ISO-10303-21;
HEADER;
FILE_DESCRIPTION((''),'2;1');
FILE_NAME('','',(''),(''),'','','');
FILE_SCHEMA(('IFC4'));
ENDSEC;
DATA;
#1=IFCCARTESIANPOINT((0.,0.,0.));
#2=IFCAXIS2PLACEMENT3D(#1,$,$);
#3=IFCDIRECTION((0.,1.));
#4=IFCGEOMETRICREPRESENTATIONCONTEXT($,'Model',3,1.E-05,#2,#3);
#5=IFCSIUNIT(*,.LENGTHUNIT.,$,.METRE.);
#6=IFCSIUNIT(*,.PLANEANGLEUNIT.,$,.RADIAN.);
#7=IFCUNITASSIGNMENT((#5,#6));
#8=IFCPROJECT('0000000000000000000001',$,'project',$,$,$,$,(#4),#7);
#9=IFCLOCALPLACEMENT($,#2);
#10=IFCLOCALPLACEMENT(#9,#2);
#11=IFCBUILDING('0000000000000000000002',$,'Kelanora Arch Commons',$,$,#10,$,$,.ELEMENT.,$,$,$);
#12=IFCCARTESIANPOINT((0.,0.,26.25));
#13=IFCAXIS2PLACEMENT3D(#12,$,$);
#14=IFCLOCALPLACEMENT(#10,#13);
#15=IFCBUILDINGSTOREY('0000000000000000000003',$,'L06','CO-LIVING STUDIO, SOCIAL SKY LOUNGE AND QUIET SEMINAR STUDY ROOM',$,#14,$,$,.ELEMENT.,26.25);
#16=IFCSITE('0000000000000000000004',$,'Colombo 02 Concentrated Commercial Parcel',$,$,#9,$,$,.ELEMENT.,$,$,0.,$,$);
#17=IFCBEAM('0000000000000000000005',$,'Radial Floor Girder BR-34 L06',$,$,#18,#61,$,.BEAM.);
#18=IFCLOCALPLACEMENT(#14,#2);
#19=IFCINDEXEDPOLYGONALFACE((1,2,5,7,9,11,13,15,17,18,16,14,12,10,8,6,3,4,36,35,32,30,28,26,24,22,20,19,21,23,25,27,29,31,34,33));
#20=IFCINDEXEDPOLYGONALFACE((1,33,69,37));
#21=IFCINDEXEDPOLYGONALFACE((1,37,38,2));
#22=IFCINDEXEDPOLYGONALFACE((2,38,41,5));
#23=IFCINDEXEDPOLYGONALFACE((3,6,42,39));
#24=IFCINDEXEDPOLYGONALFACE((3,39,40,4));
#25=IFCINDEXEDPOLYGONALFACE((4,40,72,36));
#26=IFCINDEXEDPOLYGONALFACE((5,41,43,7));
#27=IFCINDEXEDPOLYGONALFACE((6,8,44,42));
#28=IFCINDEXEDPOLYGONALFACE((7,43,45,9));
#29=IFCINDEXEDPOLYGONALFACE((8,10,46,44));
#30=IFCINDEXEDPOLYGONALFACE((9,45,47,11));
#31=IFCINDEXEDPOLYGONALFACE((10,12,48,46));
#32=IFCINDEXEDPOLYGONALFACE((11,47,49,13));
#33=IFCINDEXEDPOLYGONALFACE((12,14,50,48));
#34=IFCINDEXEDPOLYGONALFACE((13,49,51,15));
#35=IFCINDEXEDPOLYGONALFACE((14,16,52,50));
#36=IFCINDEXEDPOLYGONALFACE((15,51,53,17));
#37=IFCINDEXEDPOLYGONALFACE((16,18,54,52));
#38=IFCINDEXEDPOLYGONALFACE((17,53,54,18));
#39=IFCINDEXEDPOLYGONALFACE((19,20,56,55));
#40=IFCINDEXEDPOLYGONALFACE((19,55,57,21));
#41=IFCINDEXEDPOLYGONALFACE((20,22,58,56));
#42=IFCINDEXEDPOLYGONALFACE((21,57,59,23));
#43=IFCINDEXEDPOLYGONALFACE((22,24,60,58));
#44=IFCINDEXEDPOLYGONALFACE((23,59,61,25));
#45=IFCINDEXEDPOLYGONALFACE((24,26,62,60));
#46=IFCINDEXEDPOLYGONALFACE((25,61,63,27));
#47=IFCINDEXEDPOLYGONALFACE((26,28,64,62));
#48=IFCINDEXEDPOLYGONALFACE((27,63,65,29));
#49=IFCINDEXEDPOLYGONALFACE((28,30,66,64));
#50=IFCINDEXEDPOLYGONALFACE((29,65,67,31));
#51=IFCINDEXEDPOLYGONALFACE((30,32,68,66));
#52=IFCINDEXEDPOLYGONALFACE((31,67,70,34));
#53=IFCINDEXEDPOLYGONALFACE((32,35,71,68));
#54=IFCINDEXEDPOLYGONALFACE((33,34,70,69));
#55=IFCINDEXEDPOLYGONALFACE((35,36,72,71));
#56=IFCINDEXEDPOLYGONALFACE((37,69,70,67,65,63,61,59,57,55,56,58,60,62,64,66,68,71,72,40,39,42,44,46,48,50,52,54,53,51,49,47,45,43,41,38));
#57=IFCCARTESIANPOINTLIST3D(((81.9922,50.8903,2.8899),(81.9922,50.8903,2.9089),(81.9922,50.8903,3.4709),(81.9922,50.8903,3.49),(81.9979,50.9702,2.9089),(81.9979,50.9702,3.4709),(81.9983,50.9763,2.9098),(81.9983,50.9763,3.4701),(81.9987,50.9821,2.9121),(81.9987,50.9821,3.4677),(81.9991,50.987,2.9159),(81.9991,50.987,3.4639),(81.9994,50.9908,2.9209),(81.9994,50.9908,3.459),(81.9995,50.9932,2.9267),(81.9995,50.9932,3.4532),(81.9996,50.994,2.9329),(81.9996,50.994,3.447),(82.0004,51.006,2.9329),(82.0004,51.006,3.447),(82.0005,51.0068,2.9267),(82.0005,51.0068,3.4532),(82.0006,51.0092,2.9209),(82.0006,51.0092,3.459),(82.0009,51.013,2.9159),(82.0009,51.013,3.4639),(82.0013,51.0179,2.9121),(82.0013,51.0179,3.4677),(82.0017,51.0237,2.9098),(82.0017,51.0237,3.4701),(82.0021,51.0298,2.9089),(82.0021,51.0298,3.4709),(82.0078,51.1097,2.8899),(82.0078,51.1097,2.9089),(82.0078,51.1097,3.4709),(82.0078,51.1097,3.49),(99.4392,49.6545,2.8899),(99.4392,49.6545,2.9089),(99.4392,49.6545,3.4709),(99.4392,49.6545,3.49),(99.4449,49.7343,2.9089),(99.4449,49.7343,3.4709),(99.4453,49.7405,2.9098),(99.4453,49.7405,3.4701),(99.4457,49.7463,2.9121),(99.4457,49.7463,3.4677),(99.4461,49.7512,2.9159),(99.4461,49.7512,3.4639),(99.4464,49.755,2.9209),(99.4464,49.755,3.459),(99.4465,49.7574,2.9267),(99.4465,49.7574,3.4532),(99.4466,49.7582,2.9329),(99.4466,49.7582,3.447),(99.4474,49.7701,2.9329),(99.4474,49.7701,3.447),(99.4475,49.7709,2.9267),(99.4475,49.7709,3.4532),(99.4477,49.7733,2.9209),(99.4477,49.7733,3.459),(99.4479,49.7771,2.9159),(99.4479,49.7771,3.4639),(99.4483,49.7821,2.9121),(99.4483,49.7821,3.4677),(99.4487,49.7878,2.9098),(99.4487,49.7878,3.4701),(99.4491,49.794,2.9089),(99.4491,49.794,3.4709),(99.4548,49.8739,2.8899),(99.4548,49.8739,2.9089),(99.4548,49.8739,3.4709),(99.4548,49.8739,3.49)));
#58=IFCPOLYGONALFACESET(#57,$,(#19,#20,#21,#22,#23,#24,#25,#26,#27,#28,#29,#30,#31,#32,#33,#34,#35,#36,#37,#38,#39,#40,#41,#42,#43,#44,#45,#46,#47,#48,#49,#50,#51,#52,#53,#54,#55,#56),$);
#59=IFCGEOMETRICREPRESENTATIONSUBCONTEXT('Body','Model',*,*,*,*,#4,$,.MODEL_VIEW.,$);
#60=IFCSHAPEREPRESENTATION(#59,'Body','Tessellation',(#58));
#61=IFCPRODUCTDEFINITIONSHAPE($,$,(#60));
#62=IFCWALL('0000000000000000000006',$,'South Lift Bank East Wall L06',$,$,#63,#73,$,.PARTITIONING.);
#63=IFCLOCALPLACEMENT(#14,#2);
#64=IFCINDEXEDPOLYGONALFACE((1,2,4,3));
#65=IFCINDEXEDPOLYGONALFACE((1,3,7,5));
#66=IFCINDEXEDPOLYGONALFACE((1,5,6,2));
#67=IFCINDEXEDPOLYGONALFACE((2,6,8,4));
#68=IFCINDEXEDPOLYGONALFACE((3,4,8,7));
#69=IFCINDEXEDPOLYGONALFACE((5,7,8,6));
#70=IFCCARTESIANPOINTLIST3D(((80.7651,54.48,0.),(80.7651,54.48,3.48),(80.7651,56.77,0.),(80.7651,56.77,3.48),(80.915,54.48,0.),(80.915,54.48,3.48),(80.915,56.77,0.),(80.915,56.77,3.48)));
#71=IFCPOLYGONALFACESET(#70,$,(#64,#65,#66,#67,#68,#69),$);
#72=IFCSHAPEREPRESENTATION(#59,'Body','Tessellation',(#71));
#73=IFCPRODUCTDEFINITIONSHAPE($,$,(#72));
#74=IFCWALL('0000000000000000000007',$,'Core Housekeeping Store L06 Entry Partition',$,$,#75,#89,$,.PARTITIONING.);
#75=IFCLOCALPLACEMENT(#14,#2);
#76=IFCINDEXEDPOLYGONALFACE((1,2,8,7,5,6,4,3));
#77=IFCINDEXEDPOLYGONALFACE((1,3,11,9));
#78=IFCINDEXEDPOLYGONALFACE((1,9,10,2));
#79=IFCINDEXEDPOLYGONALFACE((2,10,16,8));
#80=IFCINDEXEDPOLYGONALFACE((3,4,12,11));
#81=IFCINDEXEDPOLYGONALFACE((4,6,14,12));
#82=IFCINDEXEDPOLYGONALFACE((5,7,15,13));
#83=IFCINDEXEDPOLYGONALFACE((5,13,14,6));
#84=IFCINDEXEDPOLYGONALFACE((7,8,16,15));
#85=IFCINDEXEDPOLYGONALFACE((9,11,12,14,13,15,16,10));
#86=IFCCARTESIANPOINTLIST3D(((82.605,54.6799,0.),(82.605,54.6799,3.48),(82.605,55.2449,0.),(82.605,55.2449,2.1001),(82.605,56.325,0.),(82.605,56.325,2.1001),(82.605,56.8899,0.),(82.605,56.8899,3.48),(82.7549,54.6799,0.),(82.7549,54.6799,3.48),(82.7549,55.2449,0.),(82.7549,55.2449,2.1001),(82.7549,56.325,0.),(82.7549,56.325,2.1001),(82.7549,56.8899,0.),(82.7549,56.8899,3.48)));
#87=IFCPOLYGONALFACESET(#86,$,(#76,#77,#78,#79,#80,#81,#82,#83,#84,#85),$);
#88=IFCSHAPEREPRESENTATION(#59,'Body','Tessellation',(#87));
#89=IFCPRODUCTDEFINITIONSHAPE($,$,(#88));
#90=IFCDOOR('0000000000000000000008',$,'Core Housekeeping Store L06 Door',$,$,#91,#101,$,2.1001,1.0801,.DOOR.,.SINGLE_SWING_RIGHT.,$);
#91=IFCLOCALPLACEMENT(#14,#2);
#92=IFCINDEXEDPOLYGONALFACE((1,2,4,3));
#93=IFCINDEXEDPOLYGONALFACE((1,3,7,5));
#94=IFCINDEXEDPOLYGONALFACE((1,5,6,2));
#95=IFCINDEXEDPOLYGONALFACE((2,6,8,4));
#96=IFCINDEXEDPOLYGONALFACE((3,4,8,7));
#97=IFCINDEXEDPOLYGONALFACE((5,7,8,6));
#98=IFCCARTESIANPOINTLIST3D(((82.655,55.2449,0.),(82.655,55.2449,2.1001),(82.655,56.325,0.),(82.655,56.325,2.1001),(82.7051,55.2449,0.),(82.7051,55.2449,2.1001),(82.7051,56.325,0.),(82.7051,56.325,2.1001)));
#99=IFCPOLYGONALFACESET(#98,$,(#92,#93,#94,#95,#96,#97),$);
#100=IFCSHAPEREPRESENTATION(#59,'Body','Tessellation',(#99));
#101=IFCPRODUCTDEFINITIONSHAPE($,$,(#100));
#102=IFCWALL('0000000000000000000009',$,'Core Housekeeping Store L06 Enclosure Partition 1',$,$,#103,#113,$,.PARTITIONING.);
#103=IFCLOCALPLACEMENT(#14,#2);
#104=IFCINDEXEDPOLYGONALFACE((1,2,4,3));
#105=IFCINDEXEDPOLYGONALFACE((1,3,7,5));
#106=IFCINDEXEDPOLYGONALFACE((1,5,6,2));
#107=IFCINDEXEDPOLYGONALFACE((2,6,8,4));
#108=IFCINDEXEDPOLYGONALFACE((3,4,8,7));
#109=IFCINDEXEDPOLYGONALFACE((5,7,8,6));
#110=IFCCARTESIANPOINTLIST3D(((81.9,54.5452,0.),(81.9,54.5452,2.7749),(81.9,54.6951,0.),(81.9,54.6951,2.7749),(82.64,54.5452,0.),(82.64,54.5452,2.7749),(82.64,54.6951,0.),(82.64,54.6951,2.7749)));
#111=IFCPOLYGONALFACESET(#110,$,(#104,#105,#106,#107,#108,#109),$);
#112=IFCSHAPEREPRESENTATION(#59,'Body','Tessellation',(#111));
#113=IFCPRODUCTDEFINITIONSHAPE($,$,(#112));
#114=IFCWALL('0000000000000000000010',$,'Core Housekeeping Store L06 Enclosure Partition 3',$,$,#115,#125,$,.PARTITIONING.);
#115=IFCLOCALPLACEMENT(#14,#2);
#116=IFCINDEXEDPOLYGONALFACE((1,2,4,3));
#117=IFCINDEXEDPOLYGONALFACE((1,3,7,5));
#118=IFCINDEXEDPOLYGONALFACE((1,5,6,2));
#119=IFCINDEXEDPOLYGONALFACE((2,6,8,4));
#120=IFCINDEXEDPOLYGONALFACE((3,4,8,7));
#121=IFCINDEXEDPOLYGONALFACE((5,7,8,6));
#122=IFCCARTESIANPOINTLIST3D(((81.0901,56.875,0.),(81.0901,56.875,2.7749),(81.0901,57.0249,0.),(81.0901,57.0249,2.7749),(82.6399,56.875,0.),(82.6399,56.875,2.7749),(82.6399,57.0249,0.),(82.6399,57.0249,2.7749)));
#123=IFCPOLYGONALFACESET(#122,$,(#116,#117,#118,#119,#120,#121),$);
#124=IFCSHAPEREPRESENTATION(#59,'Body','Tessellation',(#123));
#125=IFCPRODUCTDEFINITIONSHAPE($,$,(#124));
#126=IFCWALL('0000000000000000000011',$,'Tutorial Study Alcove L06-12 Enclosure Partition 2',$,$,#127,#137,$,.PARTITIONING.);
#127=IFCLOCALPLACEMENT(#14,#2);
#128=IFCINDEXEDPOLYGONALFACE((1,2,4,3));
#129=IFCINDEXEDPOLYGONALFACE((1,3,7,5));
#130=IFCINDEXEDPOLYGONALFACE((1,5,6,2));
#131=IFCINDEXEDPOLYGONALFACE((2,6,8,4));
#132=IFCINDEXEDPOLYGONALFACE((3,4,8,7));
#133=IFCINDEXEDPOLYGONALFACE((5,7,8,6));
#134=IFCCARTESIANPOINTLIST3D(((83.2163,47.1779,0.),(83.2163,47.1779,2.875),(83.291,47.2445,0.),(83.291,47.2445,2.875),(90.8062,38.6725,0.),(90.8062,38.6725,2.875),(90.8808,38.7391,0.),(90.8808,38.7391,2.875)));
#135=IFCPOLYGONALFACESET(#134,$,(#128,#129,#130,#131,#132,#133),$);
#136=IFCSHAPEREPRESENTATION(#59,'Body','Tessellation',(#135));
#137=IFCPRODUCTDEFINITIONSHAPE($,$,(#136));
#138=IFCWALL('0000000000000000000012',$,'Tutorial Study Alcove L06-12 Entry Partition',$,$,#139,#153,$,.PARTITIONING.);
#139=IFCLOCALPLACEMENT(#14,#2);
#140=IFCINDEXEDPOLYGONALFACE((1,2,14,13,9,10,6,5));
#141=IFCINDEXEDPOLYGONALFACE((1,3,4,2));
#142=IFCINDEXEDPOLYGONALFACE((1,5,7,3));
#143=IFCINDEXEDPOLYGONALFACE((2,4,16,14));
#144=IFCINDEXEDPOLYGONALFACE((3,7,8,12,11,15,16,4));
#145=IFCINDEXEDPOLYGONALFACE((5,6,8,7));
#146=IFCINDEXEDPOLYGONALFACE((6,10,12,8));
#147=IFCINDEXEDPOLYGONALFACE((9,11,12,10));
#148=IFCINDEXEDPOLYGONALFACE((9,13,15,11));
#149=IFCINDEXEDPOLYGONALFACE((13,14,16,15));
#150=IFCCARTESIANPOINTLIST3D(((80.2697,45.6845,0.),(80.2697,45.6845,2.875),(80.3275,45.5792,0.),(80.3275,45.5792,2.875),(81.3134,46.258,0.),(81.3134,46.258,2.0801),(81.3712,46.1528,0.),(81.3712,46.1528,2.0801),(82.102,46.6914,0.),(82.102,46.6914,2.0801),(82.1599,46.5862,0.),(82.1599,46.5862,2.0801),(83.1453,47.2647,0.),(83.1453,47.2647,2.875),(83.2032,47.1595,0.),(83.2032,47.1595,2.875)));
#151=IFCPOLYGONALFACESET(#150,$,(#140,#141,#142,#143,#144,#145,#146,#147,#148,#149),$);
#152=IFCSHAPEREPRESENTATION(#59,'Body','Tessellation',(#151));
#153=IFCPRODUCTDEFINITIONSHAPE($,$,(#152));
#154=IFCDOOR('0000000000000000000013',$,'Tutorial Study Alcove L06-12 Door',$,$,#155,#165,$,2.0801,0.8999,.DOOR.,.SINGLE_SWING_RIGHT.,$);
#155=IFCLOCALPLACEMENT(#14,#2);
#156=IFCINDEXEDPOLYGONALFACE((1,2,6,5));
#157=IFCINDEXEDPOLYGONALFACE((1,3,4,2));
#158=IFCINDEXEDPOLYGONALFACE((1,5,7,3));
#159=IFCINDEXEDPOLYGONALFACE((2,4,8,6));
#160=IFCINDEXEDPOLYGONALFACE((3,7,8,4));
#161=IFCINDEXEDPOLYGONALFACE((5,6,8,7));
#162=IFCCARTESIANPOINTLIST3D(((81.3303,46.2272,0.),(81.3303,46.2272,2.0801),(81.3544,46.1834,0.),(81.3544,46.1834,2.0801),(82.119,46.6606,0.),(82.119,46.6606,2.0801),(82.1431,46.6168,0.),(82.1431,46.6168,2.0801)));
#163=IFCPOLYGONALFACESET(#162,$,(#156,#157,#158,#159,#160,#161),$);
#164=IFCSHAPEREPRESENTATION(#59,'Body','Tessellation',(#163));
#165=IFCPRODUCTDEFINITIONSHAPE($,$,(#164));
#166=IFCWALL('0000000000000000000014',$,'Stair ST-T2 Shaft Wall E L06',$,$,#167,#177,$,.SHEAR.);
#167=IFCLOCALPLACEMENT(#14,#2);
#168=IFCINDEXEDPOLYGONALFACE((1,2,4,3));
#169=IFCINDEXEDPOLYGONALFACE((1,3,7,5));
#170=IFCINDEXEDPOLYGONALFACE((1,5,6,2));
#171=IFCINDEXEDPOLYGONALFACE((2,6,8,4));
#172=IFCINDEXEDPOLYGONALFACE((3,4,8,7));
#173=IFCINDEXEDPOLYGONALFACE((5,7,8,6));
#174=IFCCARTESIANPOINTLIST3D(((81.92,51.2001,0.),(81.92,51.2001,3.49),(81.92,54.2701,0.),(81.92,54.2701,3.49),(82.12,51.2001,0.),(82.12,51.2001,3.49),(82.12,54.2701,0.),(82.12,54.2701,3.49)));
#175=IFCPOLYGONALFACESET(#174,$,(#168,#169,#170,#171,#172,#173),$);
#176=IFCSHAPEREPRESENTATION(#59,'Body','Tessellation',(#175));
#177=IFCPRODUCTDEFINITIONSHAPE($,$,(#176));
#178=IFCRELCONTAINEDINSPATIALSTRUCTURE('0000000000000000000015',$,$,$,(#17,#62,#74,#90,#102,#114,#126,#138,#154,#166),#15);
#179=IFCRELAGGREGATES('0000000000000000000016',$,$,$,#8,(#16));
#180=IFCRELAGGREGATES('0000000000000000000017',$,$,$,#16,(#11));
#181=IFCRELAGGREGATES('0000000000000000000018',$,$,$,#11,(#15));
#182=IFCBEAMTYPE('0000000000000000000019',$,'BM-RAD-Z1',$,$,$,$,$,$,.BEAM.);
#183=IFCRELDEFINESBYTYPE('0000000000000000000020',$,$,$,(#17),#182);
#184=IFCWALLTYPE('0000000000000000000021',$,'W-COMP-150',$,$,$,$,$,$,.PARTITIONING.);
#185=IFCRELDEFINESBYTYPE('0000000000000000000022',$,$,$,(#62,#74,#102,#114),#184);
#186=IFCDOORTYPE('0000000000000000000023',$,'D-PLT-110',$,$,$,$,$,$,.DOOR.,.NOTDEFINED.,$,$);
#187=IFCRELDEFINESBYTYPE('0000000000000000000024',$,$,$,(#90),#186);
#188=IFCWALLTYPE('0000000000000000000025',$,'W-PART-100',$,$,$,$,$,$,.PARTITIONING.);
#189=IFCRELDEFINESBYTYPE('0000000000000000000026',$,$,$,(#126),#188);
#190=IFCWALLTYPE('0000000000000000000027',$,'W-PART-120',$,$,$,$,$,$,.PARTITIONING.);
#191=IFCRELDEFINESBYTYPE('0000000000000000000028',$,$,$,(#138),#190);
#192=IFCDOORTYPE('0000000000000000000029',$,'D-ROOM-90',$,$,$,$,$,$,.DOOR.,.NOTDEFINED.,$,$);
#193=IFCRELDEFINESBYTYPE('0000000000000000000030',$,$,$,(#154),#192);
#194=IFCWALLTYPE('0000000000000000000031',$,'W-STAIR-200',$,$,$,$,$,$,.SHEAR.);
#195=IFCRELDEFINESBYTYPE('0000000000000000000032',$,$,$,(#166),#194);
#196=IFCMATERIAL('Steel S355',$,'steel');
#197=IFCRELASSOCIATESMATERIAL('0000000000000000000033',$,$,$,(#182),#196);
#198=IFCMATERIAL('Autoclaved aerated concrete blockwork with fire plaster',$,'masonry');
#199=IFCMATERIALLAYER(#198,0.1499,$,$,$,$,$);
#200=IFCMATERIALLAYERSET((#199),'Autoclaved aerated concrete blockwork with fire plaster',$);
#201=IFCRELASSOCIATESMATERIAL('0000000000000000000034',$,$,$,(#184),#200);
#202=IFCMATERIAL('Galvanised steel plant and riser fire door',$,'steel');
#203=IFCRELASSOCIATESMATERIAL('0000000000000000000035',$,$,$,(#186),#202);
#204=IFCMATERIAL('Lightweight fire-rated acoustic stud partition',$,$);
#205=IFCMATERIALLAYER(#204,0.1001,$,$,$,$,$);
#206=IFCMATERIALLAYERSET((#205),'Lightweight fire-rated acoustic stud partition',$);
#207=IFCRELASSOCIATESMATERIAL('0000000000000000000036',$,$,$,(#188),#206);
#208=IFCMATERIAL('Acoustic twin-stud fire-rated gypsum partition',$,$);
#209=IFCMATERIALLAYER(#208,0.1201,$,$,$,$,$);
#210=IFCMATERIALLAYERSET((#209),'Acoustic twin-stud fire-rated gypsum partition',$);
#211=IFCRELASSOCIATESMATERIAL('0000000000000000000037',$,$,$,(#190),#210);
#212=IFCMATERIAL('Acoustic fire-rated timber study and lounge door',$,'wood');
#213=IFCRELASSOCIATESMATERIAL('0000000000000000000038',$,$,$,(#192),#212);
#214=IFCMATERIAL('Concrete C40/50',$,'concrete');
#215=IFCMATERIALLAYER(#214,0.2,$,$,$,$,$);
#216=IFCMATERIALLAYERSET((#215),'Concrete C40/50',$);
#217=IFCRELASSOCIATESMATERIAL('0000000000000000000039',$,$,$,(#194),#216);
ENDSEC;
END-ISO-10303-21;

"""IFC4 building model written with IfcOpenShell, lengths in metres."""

from ifc_helpers import new_model, si_unit, direction, frame, frame_2d, origin, origin_2d, place, context, subcontext, project, spatial, rectangle, i_section, extrude, material, layer, layer_set, material_profile, profile_set, type_object, element, fill, save


model = new_model("IFC4")

# Units and contexts
model_context = context("Model", 3, precision=1e-05, world=origin(), true_north=direction((0.0, 1.0)))
body_context = subcontext(model_context, "Body", "Model", "MODEL_VIEW")
ifc_project = project(units=[si_unit("LENGTHUNIT", "METRE"), si_unit("PLANEANGLEUNIT", "RADIAN")], contexts=[model_context])

# Site, building, storey
site_placement = place(None, origin())
site = spatial("IfcSite", under=ifc_project, at=site_placement, Name="Colombo 02 Concentrated Commercial Parcel", CompositionType="ELEMENT", RefElevation=0.0)
building_placement = place(site_placement, origin())
building = spatial("IfcBuilding", under=site, at=building_placement, Name="Kelanora Arch Commons", CompositionType="ELEMENT")
storey_placement = place(building_placement, frame((0.0, 0.0, 26.25)))
storey = spatial("IfcBuildingStorey", under=building, at=storey_placement, Name="L06", Description="CO-LIVING STUDIO, SOCIAL SKY LOUNGE AND QUIET SEMINAR STUDY ROOM", CompositionType="ELEMENT", Elevation=26.25)

# Beam
ifc_material_1 = material(Name="Steel S355", Category="steel")
ifc_material_profile_1 = material_profile(ifc_material_1, i_section(OverallWidth=0.22, OverallDepth=0.6001, WebThickness=0.012, FlangeThickness=0.019, FilletRadius=0.0239, at=origin_2d()), Name="IPE600")
ifc_profile_set_1 = profile_set([ifc_material_profile_1], Name="Steel S355")
beam_type_1 = type_object("IfcBeamType", Name="BM-RAD-Z1", PredefinedType="BEAM", material=ifc_profile_set_1)
beam_1_placement = place(storey_placement, frame((82.0, 51.0, 3.1899), z_axis=(0.997501, -0.070657, 0.0), x_axis=(0.070657, 0.997501, 0.0)))
element("IfcBeam", 1, at=beam_1_placement, inside=storey, type_object=beam_type_1, Name="Radial Floor Girder BR-34 L06", PredefinedType="BEAM", context=body_context, shape_type="SweptSolid", body=[
    extrude(i_section(OverallWidth=0.22, OverallDepth=0.6001, WebThickness=0.012, FlangeThickness=0.019, FilletRadius=0.0239, at=origin_2d()), origin(), (0.0, 0.0, 1.0), 17.4907),
])

# Wall
ifc_material_2 = material(Name="Autoclaved aerated concrete blockwork with fire plaster", Category="masonry")
ifc_layer_1 = layer(ifc_material_2, 0.1499)
ifc_layer_set_1 = layer_set([ifc_layer_1], Name="Autoclaved aerated concrete blockwork with fire plaster")
wall_type_1 = type_object("IfcWallType", Name="W-COMP-150", PredefinedType="PARTITIONING", material=ifc_layer_set_1)
wall_1_placement = place(storey_placement, frame((80.8401, 54.48, 0.0), z_axis=(0.0, 0.0, 1.0), x_axis=(0.0, 1.0, 0.0)))
element("IfcWall", 2, at=wall_1_placement, inside=storey, type_object=wall_type_1, Name="South Lift Bank East Wall L06", PredefinedType="PARTITIONING", context=body_context, shape_type="SweptSolid", body=[
    extrude(rectangle(XDim=2.29, YDim=0.1499, at=frame_2d((1.145, 0.0))), origin(), (0.0, 0.0, 1.0), 3.48),
])

# Wall, opening, door
wall_2_placement = place(storey_placement, frame((82.6799, 54.6799, 0.0), z_axis=(0.0, 0.0, 1.0), x_axis=(0.0, 1.0, 0.0)))
wall_2 = element("IfcWall", 3, at=wall_2_placement, inside=storey, type_object=wall_type_1, Name="Core Housekeeping Store L06 Entry Partition", PredefinedType="PARTITIONING", context=body_context, shape_type="SweptSolid", body=[
    extrude(rectangle(XDim=2.21, YDim=0.1499, at=frame_2d((1.105, 0.0))), origin(), (0.0, 0.0, 1.0), 3.48),
])
opening_1_placement = place(wall_2_placement, frame((0.5649, 0.0, 0.0)))
opening_1 = element("IfcOpeningElement", 4, at=opening_1_placement, cuts=wall_2, PredefinedType="OPENING", context=body_context, shape_type="SweptSolid", body=[
    extrude(rectangle(XDim=1.0801, YDim=2.1001, at=frame_2d((0.54, 1.05))), frame((0.0, 0.085, 0.0), z_axis=(0.0, -1.0, 0.0), x_axis=(1.0, 0.0, 0.0)), (0.0, 0.0, 1.0), 0.1699),
])
ifc_material_3 = material(Name="Galvanised steel plant and riser fire door", Category="steel")
door_type_1 = type_object("IfcDoorType", Name="D-PLT-110", OperationType="NOTDEFINED", PredefinedType="DOOR", material=ifc_material_3)
door_1_placement = place(opening_1_placement, origin())
door_1 = element("IfcDoor", 5, at=door_1_placement, inside=storey, type_object=door_type_1, Name="Core Housekeeping Store L06 Door", OperationType="SINGLE_SWING_RIGHT", OverallHeight=2.1001, OverallWidth=1.0801, PredefinedType="DOOR", context=body_context, shape_type="SweptSolid", body=[
    extrude(rectangle(XDim=1.0801, YDim=2.1001, at=frame_2d((0.54, 1.05))), frame((0.0, 0.0249, 0.0), z_axis=(0.0, -1.0, 0.0), x_axis=(1.0, 0.0, 0.0)), (0.0, 0.0, 1.0), 0.05),
])
fill(opening_1, door_1)

# Walls
wall_3_placement = place(storey_placement, frame((81.8999, 54.6201, 0.0), z_axis=(0.0, 0.0, 1.0), x_axis=(1.0, 0.0, 0.0)))
element("IfcWall", 6, at=wall_3_placement, inside=storey, type_object=wall_type_1, Name="Core Housekeeping Store L06 Enclosure Partition 1", PredefinedType="PARTITIONING", context=body_context, shape_type="SweptSolid", body=[
    extrude(rectangle(XDim=0.74, YDim=0.1499, at=frame_2d((0.3701, 0.0))), origin(), (0.0, 0.0, 1.0), 2.7749),
])
wall_4_placement = place(storey_placement, frame((82.6399, 56.95, 0.0), z_axis=(0.0, 0.0, 1.0), x_axis=(-1.0, 0.0, 0.0)))
element("IfcWall", 7, at=wall_4_placement, inside=storey, type_object=wall_type_1, Name="Core Housekeeping Store L06 Enclosure Partition 3", PredefinedType="PARTITIONING", context=body_context, shape_type="SweptSolid", body=[
    extrude(rectangle(XDim=1.5498, YDim=0.1499, at=frame_2d((0.7749, 0.0))), origin(), (0.0, 0.0, 1.0), 2.7749),
])
ifc_material_4 = material(Name="Lightweight fire-rated acoustic stud partition")
ifc_layer_2 = layer(ifc_material_4, 0.1001)
ifc_layer_set_2 = layer_set([ifc_layer_2], Name="Lightweight fire-rated acoustic stud partition")
wall_type_2 = type_object("IfcWallType", Name="W-PART-100", PredefinedType="PARTITIONING", material=ifc_layer_set_2)
wall_5_placement = place(storey_placement, frame((83.2537, 47.2112, 0.0), z_axis=(0.0, 0.0, 1.0), x_axis=(0.665809, -0.746122, 0.0)))
element("IfcWall", 8, at=wall_5_placement, inside=storey, type_object=wall_type_2, Name="Tutorial Study Alcove L06-12 Enclosure Partition 2", PredefinedType="PARTITIONING", context=body_context, shape_type="SweptSolid", body=[
    extrude(rectangle(XDim=11.3994, YDim=0.1001, at=frame_2d((5.6997, 0.0))), origin(), (0.0, 0.0, 1.0), 2.875),
])

# Wall, opening, door
ifc_material_5 = material(Name="Acoustic twin-stud fire-rated gypsum partition")
ifc_layer_3 = layer(ifc_material_5, 0.1201)
ifc_layer_set_3 = layer_set([ifc_layer_3], Name="Acoustic twin-stud fire-rated gypsum partition")
wall_type_3 = type_object("IfcWallType", Name="W-PART-120", PredefinedType="PARTITIONING", material=ifc_layer_set_3)
wall_6_placement = place(storey_placement, frame((80.2986, 45.6318, 0.0), z_axis=(0.0, 0.0, 1.0), x_axis=(0.876387, 0.481607, 0.0)))
wall_6 = element("IfcWall", 9, at=wall_6_placement, inside=storey, type_object=wall_type_3, Name="Tutorial Study Alcove L06-12 Entry Partition", PredefinedType="PARTITIONING", context=body_context, shape_type="SweptSolid", body=[
    extrude(rectangle(XDim=3.2812, YDim=0.1201, at=frame_2d((1.6406, 0.0))), origin(), (0.0, 0.0, 1.0), 2.875),
])
opening_2_placement = place(wall_6_placement, frame((1.1909, 0.0, 0.0)))
opening_2 = element("IfcOpeningElement", 10, at=opening_2_placement, cuts=wall_6, PredefinedType="OPENING", context=body_context, shape_type="SweptSolid", body=[
    extrude(rectangle(XDim=0.8999, YDim=2.0801, at=frame_2d((0.45, 1.04))), frame((0.0, 0.0701, 0.0), z_axis=(0.0, -1.0, 0.0), x_axis=(1.0, 0.0, 0.0)), (0.0, 0.0, 1.0), 0.1401),
])
ifc_material_6 = material(Name="Acoustic fire-rated timber study and lounge door", Category="wood")
door_type_2 = type_object("IfcDoorType", Name="D-ROOM-90", OperationType="NOTDEFINED", PredefinedType="DOOR", material=ifc_material_6)
door_2_placement = place(opening_2_placement, origin())
door_2 = element("IfcDoor", 11, at=door_2_placement, inside=storey, type_object=door_type_2, Name="Tutorial Study Alcove L06-12 Door", OperationType="SINGLE_SWING_RIGHT", OverallHeight=2.0801, OverallWidth=0.8999, PredefinedType="DOOR", context=body_context, shape_type="SweptSolid", body=[
    extrude(rectangle(XDim=0.8999, YDim=2.0801, at=frame_2d((0.45, 1.04))), frame((0.0, 0.0249, 0.0), z_axis=(0.0, -1.0, 0.0), x_axis=(1.0, 0.0, 0.0)), (0.0, 0.0, 1.0), 0.05),
])
fill(opening_2, door_2)

# Wall
ifc_material_7 = material(Name="Concrete C40/50", Category="concrete")
ifc_layer_4 = layer(ifc_material_7, 0.2)
ifc_layer_set_4 = layer_set([ifc_layer_4], Name="Concrete C40/50")
wall_type_4 = type_object("IfcWallType", Name="W-STAIR-200", PredefinedType="SHEAR", material=ifc_layer_set_4)
wall_7_placement = place(storey_placement, frame((82.02, 51.2, 0.0), z_axis=(0.0, 0.0, 1.0), x_axis=(0.0, 1.0, 0.0)))
element("IfcWall", 12, at=wall_7_placement, inside=storey, type_object=wall_type_4, Name="Stair ST-T2 Shaft Wall E L06", PredefinedType="SHEAR", context=body_context, shape_type="SweptSolid", body=[
    extrude(rectangle(XDim=3.0701, YDim=0.2, at=frame_2d((1.5352, 0.0))), origin(), (0.0, 0.0, 1.0), 3.49),
])

save(model, "model.ifc")
